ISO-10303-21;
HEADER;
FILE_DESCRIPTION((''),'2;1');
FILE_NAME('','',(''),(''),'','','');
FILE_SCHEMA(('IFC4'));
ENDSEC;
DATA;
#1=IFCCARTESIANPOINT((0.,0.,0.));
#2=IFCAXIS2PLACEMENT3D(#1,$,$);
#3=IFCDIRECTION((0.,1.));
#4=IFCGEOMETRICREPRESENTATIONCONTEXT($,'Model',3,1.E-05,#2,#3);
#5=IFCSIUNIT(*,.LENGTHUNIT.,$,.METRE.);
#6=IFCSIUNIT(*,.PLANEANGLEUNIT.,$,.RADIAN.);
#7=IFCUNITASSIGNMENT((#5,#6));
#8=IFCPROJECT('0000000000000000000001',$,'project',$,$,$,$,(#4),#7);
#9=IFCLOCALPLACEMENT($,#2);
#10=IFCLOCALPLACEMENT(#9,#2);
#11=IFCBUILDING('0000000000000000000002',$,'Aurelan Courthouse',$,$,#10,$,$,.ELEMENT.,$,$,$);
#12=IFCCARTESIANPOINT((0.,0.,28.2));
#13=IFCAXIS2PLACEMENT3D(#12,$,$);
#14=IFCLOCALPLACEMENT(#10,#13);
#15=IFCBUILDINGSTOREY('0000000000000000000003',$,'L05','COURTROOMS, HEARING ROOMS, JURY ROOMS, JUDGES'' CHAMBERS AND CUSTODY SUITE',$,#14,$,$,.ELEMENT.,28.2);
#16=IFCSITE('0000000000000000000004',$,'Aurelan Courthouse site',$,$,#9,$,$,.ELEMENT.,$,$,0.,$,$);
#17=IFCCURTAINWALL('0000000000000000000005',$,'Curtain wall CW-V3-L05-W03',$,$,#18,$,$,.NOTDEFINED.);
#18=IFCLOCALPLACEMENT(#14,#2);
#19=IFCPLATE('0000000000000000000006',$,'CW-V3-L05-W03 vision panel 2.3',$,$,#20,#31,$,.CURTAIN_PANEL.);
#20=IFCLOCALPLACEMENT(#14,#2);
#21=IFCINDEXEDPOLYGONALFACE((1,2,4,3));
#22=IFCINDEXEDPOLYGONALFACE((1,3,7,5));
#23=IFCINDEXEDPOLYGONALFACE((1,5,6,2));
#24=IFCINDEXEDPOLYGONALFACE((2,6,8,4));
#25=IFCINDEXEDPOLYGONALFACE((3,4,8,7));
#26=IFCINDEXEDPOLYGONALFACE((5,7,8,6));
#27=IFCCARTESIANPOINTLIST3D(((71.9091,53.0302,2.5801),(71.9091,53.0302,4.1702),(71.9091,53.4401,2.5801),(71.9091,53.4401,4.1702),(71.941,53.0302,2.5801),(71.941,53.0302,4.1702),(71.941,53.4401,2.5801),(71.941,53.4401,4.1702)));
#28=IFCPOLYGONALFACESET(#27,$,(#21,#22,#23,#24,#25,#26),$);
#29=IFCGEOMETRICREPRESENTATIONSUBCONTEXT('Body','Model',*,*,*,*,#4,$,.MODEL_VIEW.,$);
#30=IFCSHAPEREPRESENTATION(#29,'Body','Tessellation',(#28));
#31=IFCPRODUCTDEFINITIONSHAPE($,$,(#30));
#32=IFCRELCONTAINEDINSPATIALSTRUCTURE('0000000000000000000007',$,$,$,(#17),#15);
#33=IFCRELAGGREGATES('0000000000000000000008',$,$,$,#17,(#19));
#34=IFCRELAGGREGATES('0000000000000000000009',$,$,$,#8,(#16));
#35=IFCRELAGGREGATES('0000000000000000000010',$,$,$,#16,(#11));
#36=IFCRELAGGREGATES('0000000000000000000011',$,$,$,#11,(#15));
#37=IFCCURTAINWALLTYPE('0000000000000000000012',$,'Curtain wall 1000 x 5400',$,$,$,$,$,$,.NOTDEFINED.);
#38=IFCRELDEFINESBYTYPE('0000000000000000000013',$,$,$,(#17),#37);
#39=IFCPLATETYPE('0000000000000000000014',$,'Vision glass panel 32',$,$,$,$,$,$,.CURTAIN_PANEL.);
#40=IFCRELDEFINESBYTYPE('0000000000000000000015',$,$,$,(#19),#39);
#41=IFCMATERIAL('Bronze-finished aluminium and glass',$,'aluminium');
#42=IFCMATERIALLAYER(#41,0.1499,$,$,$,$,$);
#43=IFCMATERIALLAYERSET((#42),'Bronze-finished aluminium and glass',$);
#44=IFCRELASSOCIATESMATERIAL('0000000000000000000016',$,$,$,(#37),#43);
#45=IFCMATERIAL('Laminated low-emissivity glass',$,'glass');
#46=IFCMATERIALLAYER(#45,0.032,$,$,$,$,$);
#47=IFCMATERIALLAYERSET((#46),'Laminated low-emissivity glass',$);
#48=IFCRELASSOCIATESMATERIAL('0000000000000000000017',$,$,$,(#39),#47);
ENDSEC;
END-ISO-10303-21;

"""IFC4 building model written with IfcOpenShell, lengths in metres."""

from ifc_helpers import new_model, si_unit, direction, frame, origin, origin_2d, place, context, subcontext, project, spatial, rectangle, extrude, material, layer, layer_set, type_object, element, aggregate, save


model = new_model("IFC4")

# Units and contexts
model_context = context("Model", 3, precision=1e-05, world=origin(), true_north=direction((0.0, 1.0)))
body_context = subcontext(model_context, "Body", "Model", "MODEL_VIEW")
ifc_project = project(units=[si_unit("LENGTHUNIT", "METRE"), si_unit("PLANEANGLEUNIT", "RADIAN")], contexts=[model_context])

# Site, building, storey
site_placement = place(None, origin())
site = spatial("IfcSite", under=ifc_project, at=site_placement, Name="Aurelan Courthouse site", CompositionType="ELEMENT", RefElevation=0.0)
building_placement = place(site_placement, origin())
building = spatial("IfcBuilding", under=site, at=building_placement, Name="Aurelan Courthouse", CompositionType="ELEMENT")
storey_placement = place(building_placement, frame((0.0, 0.0, 28.2)))
storey = spatial("IfcBuildingStorey", under=building, at=storey_placement, Name="L05", Description="COURTROOMS, HEARING ROOMS, JURY ROOMS, JUDGES' CHAMBERS AND CUSTODY SUITE", CompositionType="ELEMENT", Elevation=28.2)

# Curtain wall
ifc_material_1 = material(Name="Bronze-finished aluminium and glass", Category="aluminium")
ifc_layer_1 = layer(ifc_material_1, 0.1499)
ifc_layer_set_1 = layer_set([ifc_layer_1], Name="Bronze-finished aluminium and glass")
curtain_wall_type_1 = type_object("IfcCurtainWallType", Name="Curtain wall 1000 x 5400", PredefinedType="NOTDEFINED", material=ifc_layer_set_1)
curtain_wall_1_placement = place(storey_placement, origin())
curtain_wall_1 = element("IfcCurtainWall", 1, at=curtain_wall_1_placement, inside=storey, type_object=curtain_wall_type_1, Name="Curtain wall CW-V3-L05-W03", PredefinedType="NOTDEFINED")

# Plate
ifc_material_2 = material(Name="Laminated low-emissivity glass", Category="glass")
ifc_layer_2 = layer(ifc_material_2, 0.032)
ifc_layer_set_2 = layer_set([ifc_layer_2], Name="Laminated low-emissivity glass")
plate_type_1 = type_object("IfcPlateType", Name="Vision glass panel 32", PredefinedType="CURTAIN_PANEL", material=ifc_layer_set_2)
plate_1_placement = place(storey_placement, frame((71.925, 53.2351, 2.5801), z_axis=(0.0, 0.0, 1.0), x_axis=(0.0, 1.0, 0.0)))
plate_1 = element("IfcPlate", 2, at=plate_1_placement, type_object=plate_type_1, Name="CW-V3-L05-W03 vision panel 2.3", PredefinedType="CURTAIN_PANEL", context=body_context, shape_type="SweptSolid", body=[
    extrude(rectangle(XDim=0.4099, YDim=0.032, at=origin_2d()), origin(), (0.0, 0.0, 1.0), 1.5901),
])
aggregate(curtain_wall_1, [plate_1])

save(model, "model.ifc")
